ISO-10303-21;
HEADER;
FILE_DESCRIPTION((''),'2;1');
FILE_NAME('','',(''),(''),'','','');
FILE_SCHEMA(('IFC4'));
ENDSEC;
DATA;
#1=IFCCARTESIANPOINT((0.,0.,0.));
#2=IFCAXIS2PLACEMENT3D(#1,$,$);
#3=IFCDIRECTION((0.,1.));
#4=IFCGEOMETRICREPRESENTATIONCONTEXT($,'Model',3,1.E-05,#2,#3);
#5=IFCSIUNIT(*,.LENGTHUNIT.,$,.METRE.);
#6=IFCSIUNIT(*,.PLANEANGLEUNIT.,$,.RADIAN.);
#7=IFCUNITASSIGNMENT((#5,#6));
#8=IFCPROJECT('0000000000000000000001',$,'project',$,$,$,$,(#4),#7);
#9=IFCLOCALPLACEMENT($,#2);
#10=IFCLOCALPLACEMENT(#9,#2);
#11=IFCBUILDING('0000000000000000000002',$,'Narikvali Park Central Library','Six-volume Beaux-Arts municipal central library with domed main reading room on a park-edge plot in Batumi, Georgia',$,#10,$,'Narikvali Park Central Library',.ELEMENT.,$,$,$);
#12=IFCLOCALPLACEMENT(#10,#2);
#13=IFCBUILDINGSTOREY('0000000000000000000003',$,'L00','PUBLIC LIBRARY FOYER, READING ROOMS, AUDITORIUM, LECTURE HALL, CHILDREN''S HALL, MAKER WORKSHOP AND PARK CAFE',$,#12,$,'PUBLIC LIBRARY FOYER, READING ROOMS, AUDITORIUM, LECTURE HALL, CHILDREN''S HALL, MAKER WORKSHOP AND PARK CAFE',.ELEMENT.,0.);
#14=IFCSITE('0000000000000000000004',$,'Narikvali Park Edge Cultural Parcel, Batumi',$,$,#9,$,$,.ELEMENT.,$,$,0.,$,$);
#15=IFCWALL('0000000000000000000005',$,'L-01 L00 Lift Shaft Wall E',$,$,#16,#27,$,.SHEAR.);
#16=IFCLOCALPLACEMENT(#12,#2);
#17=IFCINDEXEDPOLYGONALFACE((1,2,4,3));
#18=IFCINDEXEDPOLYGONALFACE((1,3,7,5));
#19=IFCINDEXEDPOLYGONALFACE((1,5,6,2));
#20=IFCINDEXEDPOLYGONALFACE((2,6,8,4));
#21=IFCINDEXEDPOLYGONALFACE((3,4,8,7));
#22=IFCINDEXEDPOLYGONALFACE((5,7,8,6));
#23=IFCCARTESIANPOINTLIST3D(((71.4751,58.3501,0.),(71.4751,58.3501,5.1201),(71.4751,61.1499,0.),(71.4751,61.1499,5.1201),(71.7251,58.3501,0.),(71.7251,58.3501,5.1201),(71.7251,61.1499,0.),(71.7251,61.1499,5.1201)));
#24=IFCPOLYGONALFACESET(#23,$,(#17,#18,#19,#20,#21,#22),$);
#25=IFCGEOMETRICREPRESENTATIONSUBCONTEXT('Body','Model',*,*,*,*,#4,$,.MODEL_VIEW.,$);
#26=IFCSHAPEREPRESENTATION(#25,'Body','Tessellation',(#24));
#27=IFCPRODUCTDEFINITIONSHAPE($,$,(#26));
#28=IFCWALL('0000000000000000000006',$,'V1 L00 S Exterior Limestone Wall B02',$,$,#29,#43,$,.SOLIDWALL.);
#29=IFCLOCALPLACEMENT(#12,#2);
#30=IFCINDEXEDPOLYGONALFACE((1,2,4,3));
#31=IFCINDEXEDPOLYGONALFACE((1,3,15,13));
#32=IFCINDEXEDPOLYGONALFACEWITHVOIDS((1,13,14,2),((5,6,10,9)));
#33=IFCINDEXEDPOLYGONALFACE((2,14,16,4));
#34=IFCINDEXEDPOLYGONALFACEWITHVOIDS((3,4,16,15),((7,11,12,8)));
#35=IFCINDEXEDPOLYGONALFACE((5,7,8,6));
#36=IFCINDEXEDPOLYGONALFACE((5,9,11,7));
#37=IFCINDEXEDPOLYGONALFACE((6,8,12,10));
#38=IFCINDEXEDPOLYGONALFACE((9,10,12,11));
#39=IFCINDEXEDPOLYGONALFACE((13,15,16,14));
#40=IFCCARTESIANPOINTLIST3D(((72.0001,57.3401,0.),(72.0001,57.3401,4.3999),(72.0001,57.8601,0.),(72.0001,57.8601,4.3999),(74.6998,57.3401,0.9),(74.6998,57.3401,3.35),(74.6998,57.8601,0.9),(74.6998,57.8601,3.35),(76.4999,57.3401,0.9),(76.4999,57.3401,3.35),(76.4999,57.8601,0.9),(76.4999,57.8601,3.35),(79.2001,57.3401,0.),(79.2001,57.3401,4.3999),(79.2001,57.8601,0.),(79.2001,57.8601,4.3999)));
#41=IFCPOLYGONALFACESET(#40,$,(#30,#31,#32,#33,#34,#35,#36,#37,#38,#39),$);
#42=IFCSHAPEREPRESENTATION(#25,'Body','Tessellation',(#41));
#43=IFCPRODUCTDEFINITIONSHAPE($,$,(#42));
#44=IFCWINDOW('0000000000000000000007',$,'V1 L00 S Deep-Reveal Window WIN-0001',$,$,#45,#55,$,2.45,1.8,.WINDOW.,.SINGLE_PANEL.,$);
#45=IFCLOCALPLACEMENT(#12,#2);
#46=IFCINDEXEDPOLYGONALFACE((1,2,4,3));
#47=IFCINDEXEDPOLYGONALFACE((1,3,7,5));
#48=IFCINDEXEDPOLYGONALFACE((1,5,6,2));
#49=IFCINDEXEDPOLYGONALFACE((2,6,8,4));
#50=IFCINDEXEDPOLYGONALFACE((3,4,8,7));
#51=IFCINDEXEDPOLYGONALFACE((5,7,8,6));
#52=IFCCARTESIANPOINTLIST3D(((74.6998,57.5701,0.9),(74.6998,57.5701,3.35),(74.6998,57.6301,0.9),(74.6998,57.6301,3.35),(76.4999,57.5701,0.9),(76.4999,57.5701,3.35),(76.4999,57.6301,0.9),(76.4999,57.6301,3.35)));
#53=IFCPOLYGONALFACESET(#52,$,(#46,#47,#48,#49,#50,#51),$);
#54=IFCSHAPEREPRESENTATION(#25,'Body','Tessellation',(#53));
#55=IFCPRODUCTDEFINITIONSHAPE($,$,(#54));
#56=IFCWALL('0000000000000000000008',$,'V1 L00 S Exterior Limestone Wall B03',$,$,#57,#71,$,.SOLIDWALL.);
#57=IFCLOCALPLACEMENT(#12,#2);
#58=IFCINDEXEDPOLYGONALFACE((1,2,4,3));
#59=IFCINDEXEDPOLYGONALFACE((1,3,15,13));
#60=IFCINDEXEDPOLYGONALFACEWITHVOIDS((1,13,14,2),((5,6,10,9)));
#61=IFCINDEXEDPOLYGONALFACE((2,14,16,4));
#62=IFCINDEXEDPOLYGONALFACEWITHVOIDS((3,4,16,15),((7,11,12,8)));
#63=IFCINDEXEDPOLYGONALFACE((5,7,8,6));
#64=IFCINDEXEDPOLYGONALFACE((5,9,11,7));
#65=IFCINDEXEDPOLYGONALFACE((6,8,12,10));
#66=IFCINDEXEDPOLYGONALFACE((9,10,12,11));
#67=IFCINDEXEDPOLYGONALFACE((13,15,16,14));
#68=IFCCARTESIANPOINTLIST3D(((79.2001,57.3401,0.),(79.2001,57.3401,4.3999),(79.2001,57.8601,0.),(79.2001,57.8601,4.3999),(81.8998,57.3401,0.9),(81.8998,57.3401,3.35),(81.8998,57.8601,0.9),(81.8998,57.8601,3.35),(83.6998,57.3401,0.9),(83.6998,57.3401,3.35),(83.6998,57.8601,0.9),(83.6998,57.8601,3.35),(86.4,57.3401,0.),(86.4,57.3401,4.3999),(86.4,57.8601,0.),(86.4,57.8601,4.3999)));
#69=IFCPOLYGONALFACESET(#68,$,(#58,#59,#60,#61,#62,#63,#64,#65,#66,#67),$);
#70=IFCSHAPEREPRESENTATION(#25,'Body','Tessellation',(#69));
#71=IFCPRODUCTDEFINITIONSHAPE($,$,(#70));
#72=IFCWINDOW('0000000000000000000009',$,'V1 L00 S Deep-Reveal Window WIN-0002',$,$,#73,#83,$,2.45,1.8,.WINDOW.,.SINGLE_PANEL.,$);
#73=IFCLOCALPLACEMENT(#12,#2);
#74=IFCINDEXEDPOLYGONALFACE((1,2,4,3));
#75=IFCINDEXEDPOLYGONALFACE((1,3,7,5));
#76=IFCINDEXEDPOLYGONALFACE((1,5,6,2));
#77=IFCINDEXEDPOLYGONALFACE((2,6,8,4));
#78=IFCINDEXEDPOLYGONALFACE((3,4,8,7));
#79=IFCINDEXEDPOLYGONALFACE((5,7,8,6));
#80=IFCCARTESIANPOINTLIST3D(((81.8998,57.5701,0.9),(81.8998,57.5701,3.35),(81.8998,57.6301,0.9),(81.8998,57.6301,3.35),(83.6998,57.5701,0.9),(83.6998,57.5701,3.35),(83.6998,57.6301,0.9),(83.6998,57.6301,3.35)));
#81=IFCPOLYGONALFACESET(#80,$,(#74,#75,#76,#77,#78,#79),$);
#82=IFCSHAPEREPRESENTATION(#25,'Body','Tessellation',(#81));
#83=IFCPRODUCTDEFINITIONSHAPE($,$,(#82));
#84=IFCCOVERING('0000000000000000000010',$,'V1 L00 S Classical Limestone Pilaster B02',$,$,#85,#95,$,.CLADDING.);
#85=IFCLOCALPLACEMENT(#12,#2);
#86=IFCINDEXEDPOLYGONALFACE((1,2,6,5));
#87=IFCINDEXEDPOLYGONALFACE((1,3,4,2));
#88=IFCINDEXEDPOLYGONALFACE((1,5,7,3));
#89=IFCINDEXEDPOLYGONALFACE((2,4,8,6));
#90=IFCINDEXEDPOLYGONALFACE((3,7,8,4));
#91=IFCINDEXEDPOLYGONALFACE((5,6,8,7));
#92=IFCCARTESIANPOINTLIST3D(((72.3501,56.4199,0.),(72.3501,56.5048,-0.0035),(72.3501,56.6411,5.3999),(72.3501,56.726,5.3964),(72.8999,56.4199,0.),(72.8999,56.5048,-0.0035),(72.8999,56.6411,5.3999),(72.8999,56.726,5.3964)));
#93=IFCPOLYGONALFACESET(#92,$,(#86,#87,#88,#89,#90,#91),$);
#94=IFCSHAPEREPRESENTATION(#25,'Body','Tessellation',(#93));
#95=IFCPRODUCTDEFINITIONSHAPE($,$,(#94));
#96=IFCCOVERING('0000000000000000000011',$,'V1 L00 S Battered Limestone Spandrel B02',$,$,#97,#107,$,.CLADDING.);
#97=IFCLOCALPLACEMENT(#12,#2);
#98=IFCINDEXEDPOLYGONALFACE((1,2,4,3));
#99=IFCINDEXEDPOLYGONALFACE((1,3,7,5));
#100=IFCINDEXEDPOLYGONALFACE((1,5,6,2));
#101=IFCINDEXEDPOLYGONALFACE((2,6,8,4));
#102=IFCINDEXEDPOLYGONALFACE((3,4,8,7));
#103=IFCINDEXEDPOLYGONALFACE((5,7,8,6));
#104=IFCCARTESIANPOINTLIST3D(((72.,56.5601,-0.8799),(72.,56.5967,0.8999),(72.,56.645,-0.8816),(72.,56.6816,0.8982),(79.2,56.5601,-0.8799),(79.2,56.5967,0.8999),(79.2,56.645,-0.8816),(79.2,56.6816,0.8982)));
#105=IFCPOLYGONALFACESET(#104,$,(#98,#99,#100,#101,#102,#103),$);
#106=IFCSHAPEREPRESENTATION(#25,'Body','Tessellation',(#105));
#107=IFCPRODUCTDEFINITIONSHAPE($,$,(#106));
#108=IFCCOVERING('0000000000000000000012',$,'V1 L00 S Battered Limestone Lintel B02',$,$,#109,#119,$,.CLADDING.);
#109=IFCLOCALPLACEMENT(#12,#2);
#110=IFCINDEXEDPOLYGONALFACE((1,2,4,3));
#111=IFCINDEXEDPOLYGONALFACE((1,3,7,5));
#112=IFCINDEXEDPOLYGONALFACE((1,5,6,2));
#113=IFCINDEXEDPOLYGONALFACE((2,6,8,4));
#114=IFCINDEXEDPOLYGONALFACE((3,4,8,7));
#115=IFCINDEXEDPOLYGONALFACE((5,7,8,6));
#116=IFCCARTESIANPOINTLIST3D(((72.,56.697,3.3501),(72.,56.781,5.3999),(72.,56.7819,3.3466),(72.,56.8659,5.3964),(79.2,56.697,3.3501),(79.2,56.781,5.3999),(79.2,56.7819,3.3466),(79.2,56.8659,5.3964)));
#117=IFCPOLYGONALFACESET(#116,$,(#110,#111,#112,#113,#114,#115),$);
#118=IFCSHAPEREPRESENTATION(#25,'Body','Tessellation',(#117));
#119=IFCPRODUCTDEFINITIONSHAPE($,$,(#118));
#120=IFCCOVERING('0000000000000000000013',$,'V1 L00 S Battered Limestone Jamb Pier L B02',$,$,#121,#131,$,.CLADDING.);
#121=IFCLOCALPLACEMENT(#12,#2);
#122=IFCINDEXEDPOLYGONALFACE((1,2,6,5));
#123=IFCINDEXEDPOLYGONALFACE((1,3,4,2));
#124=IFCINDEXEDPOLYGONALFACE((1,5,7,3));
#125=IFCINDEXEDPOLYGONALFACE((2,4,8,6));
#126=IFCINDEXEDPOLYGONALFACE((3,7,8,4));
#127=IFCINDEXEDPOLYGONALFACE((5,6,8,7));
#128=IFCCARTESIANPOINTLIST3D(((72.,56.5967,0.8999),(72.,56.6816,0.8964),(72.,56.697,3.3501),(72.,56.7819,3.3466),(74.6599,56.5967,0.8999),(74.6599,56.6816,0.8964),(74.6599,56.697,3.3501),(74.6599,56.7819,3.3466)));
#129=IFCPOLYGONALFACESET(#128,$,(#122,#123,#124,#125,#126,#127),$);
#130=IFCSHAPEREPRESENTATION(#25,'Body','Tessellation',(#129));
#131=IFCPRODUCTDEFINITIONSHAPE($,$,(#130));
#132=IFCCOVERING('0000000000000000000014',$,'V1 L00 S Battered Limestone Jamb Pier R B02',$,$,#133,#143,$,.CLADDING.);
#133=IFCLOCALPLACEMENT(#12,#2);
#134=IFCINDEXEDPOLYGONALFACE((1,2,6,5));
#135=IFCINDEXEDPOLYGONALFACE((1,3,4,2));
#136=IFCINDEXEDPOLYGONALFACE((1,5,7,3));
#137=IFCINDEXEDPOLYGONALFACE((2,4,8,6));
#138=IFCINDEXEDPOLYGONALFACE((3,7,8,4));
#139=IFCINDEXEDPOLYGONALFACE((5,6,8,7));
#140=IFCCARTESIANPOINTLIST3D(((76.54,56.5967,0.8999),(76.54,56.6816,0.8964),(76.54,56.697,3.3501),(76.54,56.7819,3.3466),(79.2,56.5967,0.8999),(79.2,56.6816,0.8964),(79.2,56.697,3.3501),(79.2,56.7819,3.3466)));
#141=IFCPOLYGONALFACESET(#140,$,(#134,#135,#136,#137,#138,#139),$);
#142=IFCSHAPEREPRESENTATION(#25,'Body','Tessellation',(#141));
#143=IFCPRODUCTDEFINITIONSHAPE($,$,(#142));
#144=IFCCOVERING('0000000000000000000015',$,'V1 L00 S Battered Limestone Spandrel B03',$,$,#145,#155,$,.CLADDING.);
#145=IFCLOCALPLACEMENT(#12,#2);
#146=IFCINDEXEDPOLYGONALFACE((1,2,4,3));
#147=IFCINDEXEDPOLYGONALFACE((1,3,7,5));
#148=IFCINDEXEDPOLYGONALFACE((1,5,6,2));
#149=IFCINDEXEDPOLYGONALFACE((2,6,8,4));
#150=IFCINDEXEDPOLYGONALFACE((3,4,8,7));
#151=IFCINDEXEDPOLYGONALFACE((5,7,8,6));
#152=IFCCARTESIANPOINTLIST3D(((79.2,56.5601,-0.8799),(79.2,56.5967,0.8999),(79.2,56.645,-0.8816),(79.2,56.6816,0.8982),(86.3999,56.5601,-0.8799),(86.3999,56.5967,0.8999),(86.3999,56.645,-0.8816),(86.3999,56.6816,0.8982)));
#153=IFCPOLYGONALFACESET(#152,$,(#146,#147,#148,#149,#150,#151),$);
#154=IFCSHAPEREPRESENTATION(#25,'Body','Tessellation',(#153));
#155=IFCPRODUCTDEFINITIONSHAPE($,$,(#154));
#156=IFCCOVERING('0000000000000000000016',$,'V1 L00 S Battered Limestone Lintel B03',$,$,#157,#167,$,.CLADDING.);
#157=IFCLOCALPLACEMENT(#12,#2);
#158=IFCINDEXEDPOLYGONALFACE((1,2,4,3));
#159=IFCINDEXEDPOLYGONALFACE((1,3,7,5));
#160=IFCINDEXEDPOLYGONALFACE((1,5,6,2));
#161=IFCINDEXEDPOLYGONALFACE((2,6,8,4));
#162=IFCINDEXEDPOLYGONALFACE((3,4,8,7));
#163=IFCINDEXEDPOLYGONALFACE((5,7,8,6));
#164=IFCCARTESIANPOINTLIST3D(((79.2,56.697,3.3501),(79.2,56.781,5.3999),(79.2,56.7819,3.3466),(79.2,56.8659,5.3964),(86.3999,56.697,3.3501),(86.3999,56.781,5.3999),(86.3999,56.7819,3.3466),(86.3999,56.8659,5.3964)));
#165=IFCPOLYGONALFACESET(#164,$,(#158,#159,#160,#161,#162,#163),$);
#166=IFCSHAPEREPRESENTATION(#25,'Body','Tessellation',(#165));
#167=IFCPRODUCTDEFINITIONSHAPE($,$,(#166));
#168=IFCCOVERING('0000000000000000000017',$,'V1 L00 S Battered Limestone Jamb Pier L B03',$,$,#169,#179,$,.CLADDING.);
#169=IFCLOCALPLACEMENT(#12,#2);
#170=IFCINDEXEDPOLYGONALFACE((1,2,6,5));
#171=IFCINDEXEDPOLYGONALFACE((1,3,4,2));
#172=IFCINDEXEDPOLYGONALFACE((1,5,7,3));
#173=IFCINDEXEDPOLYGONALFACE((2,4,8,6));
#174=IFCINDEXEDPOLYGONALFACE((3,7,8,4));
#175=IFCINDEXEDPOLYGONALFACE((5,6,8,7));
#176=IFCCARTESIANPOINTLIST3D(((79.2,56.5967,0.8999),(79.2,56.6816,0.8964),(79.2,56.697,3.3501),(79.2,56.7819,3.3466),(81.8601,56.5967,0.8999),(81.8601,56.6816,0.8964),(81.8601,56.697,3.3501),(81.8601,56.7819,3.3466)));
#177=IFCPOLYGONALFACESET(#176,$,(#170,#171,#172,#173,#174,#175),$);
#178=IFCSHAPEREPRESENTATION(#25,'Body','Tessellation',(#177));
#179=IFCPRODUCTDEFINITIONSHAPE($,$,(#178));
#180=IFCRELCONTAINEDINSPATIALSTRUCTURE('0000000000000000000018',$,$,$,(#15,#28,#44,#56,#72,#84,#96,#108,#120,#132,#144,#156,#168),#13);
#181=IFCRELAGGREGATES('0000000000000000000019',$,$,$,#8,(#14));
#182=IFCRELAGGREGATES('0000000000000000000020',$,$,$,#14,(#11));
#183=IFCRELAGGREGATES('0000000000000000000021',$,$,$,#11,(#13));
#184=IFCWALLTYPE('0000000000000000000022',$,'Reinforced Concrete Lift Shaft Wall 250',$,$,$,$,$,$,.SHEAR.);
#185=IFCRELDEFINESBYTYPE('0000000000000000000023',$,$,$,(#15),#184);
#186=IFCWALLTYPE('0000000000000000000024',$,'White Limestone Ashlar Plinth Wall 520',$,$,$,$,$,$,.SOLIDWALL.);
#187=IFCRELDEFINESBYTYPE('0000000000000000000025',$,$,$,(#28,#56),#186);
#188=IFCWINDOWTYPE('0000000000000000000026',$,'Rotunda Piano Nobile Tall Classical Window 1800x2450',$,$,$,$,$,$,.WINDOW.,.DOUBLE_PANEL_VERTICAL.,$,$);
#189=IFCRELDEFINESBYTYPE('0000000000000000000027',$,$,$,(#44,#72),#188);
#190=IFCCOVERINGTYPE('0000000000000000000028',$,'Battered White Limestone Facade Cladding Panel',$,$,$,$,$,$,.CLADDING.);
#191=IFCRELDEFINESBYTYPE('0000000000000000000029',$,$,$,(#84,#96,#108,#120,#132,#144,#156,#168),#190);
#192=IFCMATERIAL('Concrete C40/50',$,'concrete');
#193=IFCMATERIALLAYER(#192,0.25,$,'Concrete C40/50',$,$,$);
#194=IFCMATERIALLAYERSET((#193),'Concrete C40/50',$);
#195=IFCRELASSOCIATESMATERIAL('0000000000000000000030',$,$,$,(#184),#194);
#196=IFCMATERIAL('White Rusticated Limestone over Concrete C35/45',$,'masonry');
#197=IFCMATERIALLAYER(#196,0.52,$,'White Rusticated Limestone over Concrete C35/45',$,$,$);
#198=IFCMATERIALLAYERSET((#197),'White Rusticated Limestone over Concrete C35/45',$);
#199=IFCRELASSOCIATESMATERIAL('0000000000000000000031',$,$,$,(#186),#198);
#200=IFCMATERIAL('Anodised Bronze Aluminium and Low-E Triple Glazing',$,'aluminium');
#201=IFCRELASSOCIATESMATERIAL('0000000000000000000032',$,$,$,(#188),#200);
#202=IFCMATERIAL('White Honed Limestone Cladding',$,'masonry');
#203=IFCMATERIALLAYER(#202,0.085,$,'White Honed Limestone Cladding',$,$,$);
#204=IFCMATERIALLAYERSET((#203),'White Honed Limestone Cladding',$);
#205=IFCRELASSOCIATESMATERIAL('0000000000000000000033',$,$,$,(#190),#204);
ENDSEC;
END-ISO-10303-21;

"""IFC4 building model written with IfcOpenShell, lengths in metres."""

from ifc_helpers import new_model, si_unit, direction, frame, frame_2d, origin, place, context, subcontext, project, spatial, polyline, rectangle, outline, extrude, material, layer, layer_set, type_object, element, fill, save


model = new_model("IFC4")

# Units and contexts
model_context = context("Model", 3, precision=1e-05, world=origin(), true_north=direction((0.0, 1.0)))
body_context = subcontext(model_context, "Body", "Model", "MODEL_VIEW")
ifc_project = project(units=[si_unit("LENGTHUNIT", "METRE"), si_unit("PLANEANGLEUNIT", "RADIAN")], contexts=[model_context])

# Site, building, storey
site_placement = place(None, origin())
site = spatial("IfcSite", under=ifc_project, at=site_placement, Name="Narikvali Park Edge Cultural Parcel, Batumi", CompositionType="ELEMENT", RefElevation=0.0)
building_placement = place(site_placement, origin())
building = spatial("IfcBuilding", under=site, at=building_placement, Name="Narikvali Park Central Library", Description="Six-volume Beaux-Arts municipal central library with domed main reading room on a park-edge plot in Batumi, Georgia", LongName="Narikvali Park Central Library", CompositionType="ELEMENT")
storey_placement = place(building_placement, origin())
storey = spatial("IfcBuildingStorey", under=building, at=storey_placement, Name="L00", Description="PUBLIC LIBRARY FOYER, READING ROOMS, AUDITORIUM, LECTURE HALL, CHILDREN'S HALL, MAKER WORKSHOP AND PARK CAFE", LongName="PUBLIC LIBRARY FOYER, READING ROOMS, AUDITORIUM, LECTURE HALL, CHILDREN'S HALL, MAKER WORKSHOP AND PARK CAFE", CompositionType="ELEMENT", Elevation=0.0)

# Wall
ifc_material_1 = material(Name="Concrete C40/50", Category="concrete")
ifc_layer_1 = layer(ifc_material_1, 0.25, Name="Concrete C40/50")
ifc_layer_set_1 = layer_set([ifc_layer_1], Name="Concrete C40/50")
wall_type_1 = type_object("IfcWallType", Name="Reinforced Concrete Lift Shaft Wall 250", PredefinedType="SHEAR", material=ifc_layer_set_1)
wall_1_placement = place(storey_placement, frame((71.6001, 58.3501, 0.0), z_axis=(0.0, 0.0, 1.0), x_axis=(0.0, 1.0, 0.0)))
element("IfcWall", 1, at=wall_1_placement, inside=storey, type_object=wall_type_1, Name="L-01 L00 Lift Shaft Wall E", PredefinedType="SHEAR", context=body_context, shape_type="SweptSolid", body=[
    extrude(rectangle(XDim=2.7998, YDim=0.25, at=frame_2d((1.3999, 0.0))), origin(), (0.0, 0.0, 1.0), 5.1201),
])

# Walls, openings, windows
ifc_material_2 = material(Name="White Rusticated Limestone over Concrete C35/45", Category="masonry")
ifc_layer_2 = layer(ifc_material_2, 0.52, Name="White Rusticated Limestone over Concrete C35/45")
ifc_layer_set_2 = layer_set([ifc_layer_2], Name="White Rusticated Limestone over Concrete C35/45")
wall_type_2 = type_object("IfcWallType", Name="White Limestone Ashlar Plinth Wall 520", PredefinedType="SOLIDWALL", material=ifc_layer_set_2)
wall_2_placement = place(storey_placement, frame((72.0, 57.6001, 0.0), z_axis=(0.0, 0.0, 1.0), x_axis=(1.0, 0.0, 0.0)))
wall_2 = element("IfcWall", 2, at=wall_2_placement, inside=storey, type_object=wall_type_2, Name="V1 L00 S Exterior Limestone Wall B02", PredefinedType="SOLIDWALL", context=body_context, shape_type="SweptSolid", body=[
    extrude(rectangle(XDim=7.2, YDim=0.52, at=frame_2d((3.6001, 0.0))), origin(), (0.0, 0.0, 1.0), 4.3999),
])
opening_1_placement = place(wall_2_placement, frame((2.7, 0.0, 0.8999)))
opening_1 = element("IfcOpeningElement", 3, at=opening_1_placement, cuts=wall_2, PredefinedType="OPENING", context=body_context, shape_type="SweptSolid", body=[
    extrude(rectangle(XDim=1.8, YDim=2.45, at=frame_2d((0.8999, 1.2251))), frame((0.0, 0.272, 0.0), z_axis=(0.0, -1.0, 0.0), x_axis=(1.0, 0.0, 0.0)), (0.0, 0.0, 1.0), 0.5439),
])
ifc_material_3 = material(Name="Anodised Bronze Aluminium and Low-E Triple Glazing", Category="aluminium")
window_type = type_object("IfcWindowType", Name="Rotunda Piano Nobile Tall Classical Window 1800x2450", PartitioningType="DOUBLE_PANEL_VERTICAL", PredefinedType="WINDOW", material=ifc_material_3)
window_1_placement = place(opening_1_placement, origin())
window_1 = element("IfcWindow", 4, at=window_1_placement, inside=storey, type_object=window_type, Name="V1 L00 S Deep-Reveal Window WIN-0001", OverallHeight=2.45, OverallWidth=1.8, PartitioningType="SINGLE_PANEL", PredefinedType="WINDOW", context=body_context, shape_type="SweptSolid", body=[
    extrude(rectangle(XDim=1.8, YDim=2.45, at=frame_2d((0.8999, 1.2251))), frame((0.0, 0.03, 0.0), z_axis=(0.0, -1.0, 0.0), x_axis=(1.0, 0.0, 0.0)), (0.0, 0.0, 1.0), 0.0601),
])
fill(opening_1, window_1)
wall_3_placement = place(storey_placement, frame((79.2, 57.6001, 0.0), z_axis=(0.0, 0.0, 1.0), x_axis=(1.0, 0.0, 0.0)))
wall_3 = element("IfcWall", 5, at=wall_3_placement, inside=storey, type_object=wall_type_2, Name="V1 L00 S Exterior Limestone Wall B03", PredefinedType="SOLIDWALL", context=body_context, shape_type="SweptSolid", body=[
    extrude(rectangle(XDim=7.2, YDim=0.52, at=frame_2d((3.6001, 0.0))), origin(), (0.0, 0.0, 1.0), 4.3999),
])
opening_2_placement = place(wall_3_placement, frame((2.7, 0.0, 0.8999)))
opening_2 = element("IfcOpeningElement", 6, at=opening_2_placement, cuts=wall_3, PredefinedType="OPENING", context=body_context, shape_type="SweptSolid", body=[
    extrude(rectangle(XDim=1.8, YDim=2.45, at=frame_2d((0.8999, 1.2251))), frame((0.0, 0.272, 0.0), z_axis=(0.0, -1.0, 0.0), x_axis=(1.0, 0.0, 0.0)), (0.0, 0.0, 1.0), 0.5439),
])
window_2_placement = place(opening_2_placement, origin())
window_2 = element("IfcWindow", 7, at=window_2_placement, inside=storey, type_object=window_type, Name="V1 L00 S Deep-Reveal Window WIN-0002", OverallHeight=2.45, OverallWidth=1.8, PartitioningType="SINGLE_PANEL", PredefinedType="WINDOW", context=body_context, shape_type="SweptSolid", body=[
    extrude(rectangle(XDim=1.8, YDim=2.45, at=frame_2d((0.8999, 1.2251))), frame((0.0, 0.03, 0.0), z_axis=(0.0, -1.0, 0.0), x_axis=(1.0, 0.0, 0.0)), (0.0, 0.0, 1.0), 0.0601),
])
fill(opening_2, window_2)

# Coverings
ifc_material_4 = material(Name="White Honed Limestone Cladding", Category="masonry")
ifc_layer_3 = layer(ifc_material_4, 0.085, Name="White Honed Limestone Cladding")
ifc_layer_set_3 = layer_set([ifc_layer_3], Name="White Honed Limestone Cladding")
covering_type = type_object("IfcCoveringType", Name="Battered White Limestone Facade Cladding Panel", PredefinedType="CLADDING", material=ifc_layer_set_3)
covering_1_placement = place(storey_placement, frame((72.3501, 56.4199, 0.0), z_axis=(0.0, -0.999162, 0.040928), x_axis=(1.0, 0.0, 0.0)))
element("IfcCovering", 8, at=covering_1_placement, inside=storey, type_object=covering_type, Name="V1 L00 S Classical Limestone Pilaster B02", PredefinedType="CLADDING", context=body_context, shape_type="SweptSolid", body=[
    extrude(outline(polyline([(0.0, 0.0), (0.5498, 0.0), (0.5498, 5.4044), (0.0, 5.4044), (0.0, 0.0)])), origin(), (0.0, 0.0, -1.0), 0.085),
])
covering_2_placement = place(storey_placement, frame((72.0, 56.5601, -0.8799), z_axis=(0.0, -0.999788, 0.020572), x_axis=(1.0, 0.0, 0.0)))
element("IfcCovering", 9, at=covering_2_placement, inside=storey, type_object=covering_type, Name="V1 L00 S Battered Limestone Spandrel B02", PredefinedType="CLADDING", context=body_context, shape_type="SweptSolid", body=[
    extrude(outline(polyline([(0.0, 0.0), (7.2, 0.0), (7.2, 1.7802), (0.0, 1.7802), (0.0, 0.0)])), origin(), (0.0, 0.0, -1.0), 0.085),
])
covering_3_placement = place(storey_placement, frame((72.0, 56.697, 3.3501), z_axis=(0.0, -0.999162, 0.040938), x_axis=(1.0, 0.0, 0.0)))
element("IfcCovering", 10, at=covering_3_placement, inside=storey, type_object=covering_type, Name="V1 L00 S Battered Limestone Lintel B02", PredefinedType="CLADDING", context=body_context, shape_type="SweptSolid", body=[
    extrude(outline(polyline([(0.0, 0.0), (7.2, 0.0), (7.2, 2.0515), (0.0, 2.0515), (0.0, 0.0)])), origin(), (0.0, 0.0, -1.0), 0.085),
])
for number, where, z_axis, x_axis, name in (
    (11, (72.0, 56.5967, 0.8999), (0.0, -0.999162, 0.040918), (1.0, 0.0, 0.0), "V1 L00 S Battered Limestone Jamb Pier L B02"),
    (12, (76.54, 56.5967, 0.8999), (0.0, -0.999162, 0.040918), (1.0, 0.0, 0.0), "V1 L00 S Battered Limestone Jamb Pier R B02"),
):
    element("IfcCovering", number, at=place(storey_placement, frame(where, z_axis=z_axis, x_axis=x_axis)), inside=storey, type_object=covering_type, Name=name, PredefinedType="CLADDING", context=body_context, shape_type="SweptSolid", body=[
        extrude(outline(polyline([(0.0, 0.0), (2.6599, 0.0), (2.6599, 2.4522), (0.0, 2.4522), (0.0, 0.0)])), origin(), (0.0, 0.0, -1.0), 0.085),
    ])
covering_4_placement = place(storey_placement, frame((79.2, 56.5601, -0.8799), z_axis=(0.0, -0.999788, 0.020572), x_axis=(1.0, 0.0, 0.0)))
element("IfcCovering", 13, at=covering_4_placement, inside=storey, type_object=covering_type, Name="V1 L00 S Battered Limestone Spandrel B03", PredefinedType="CLADDING", context=body_context, shape_type="SweptSolid", body=[
    extrude(outline(polyline([(0.0, 0.0), (7.2, 0.0), (7.2, 1.7802), (0.0, 1.7802), (0.0, 0.0)])), origin(), (0.0, 0.0, -1.0), 0.085),
])
covering_5_placement = place(storey_placement, frame((79.2, 56.697, 3.3501), z_axis=(0.0, -0.999162, 0.040938), x_axis=(1.0, 0.0, 0.0)))
element("IfcCovering", 14, at=covering_5_placement, inside=storey, type_object=covering_type, Name="V1 L00 S Battered Limestone Lintel B03", PredefinedType="CLADDING", context=body_context, shape_type="SweptSolid", body=[
    extrude(outline(polyline([(0.0, 0.0), (7.2, 0.0), (7.2, 2.0515), (0.0, 2.0515), (0.0, 0.0)])), origin(), (0.0, 0.0, -1.0), 0.085),
])
covering_6_placement = place(storey_placement, frame((79.2, 56.5967, 0.8999), z_axis=(0.0, -0.999162, 0.040918), x_axis=(1.0, 0.0, 0.0)))
element("IfcCovering", 15, at=covering_6_placement, inside=storey, type_object=covering_type, Name="V1 L00 S Battered Limestone Jamb Pier L B03", PredefinedType="CLADDING", context=body_context, shape_type="SweptSolid", body=[
    extrude(outline(polyline([(0.0, 0.0), (2.6602, 0.0), (2.6602, 2.4522), (0.0, 2.4522), (0.0, 0.0)])), origin(), (0.0, 0.0, -1.0), 0.085),
])

save(model, "model.ifc")
